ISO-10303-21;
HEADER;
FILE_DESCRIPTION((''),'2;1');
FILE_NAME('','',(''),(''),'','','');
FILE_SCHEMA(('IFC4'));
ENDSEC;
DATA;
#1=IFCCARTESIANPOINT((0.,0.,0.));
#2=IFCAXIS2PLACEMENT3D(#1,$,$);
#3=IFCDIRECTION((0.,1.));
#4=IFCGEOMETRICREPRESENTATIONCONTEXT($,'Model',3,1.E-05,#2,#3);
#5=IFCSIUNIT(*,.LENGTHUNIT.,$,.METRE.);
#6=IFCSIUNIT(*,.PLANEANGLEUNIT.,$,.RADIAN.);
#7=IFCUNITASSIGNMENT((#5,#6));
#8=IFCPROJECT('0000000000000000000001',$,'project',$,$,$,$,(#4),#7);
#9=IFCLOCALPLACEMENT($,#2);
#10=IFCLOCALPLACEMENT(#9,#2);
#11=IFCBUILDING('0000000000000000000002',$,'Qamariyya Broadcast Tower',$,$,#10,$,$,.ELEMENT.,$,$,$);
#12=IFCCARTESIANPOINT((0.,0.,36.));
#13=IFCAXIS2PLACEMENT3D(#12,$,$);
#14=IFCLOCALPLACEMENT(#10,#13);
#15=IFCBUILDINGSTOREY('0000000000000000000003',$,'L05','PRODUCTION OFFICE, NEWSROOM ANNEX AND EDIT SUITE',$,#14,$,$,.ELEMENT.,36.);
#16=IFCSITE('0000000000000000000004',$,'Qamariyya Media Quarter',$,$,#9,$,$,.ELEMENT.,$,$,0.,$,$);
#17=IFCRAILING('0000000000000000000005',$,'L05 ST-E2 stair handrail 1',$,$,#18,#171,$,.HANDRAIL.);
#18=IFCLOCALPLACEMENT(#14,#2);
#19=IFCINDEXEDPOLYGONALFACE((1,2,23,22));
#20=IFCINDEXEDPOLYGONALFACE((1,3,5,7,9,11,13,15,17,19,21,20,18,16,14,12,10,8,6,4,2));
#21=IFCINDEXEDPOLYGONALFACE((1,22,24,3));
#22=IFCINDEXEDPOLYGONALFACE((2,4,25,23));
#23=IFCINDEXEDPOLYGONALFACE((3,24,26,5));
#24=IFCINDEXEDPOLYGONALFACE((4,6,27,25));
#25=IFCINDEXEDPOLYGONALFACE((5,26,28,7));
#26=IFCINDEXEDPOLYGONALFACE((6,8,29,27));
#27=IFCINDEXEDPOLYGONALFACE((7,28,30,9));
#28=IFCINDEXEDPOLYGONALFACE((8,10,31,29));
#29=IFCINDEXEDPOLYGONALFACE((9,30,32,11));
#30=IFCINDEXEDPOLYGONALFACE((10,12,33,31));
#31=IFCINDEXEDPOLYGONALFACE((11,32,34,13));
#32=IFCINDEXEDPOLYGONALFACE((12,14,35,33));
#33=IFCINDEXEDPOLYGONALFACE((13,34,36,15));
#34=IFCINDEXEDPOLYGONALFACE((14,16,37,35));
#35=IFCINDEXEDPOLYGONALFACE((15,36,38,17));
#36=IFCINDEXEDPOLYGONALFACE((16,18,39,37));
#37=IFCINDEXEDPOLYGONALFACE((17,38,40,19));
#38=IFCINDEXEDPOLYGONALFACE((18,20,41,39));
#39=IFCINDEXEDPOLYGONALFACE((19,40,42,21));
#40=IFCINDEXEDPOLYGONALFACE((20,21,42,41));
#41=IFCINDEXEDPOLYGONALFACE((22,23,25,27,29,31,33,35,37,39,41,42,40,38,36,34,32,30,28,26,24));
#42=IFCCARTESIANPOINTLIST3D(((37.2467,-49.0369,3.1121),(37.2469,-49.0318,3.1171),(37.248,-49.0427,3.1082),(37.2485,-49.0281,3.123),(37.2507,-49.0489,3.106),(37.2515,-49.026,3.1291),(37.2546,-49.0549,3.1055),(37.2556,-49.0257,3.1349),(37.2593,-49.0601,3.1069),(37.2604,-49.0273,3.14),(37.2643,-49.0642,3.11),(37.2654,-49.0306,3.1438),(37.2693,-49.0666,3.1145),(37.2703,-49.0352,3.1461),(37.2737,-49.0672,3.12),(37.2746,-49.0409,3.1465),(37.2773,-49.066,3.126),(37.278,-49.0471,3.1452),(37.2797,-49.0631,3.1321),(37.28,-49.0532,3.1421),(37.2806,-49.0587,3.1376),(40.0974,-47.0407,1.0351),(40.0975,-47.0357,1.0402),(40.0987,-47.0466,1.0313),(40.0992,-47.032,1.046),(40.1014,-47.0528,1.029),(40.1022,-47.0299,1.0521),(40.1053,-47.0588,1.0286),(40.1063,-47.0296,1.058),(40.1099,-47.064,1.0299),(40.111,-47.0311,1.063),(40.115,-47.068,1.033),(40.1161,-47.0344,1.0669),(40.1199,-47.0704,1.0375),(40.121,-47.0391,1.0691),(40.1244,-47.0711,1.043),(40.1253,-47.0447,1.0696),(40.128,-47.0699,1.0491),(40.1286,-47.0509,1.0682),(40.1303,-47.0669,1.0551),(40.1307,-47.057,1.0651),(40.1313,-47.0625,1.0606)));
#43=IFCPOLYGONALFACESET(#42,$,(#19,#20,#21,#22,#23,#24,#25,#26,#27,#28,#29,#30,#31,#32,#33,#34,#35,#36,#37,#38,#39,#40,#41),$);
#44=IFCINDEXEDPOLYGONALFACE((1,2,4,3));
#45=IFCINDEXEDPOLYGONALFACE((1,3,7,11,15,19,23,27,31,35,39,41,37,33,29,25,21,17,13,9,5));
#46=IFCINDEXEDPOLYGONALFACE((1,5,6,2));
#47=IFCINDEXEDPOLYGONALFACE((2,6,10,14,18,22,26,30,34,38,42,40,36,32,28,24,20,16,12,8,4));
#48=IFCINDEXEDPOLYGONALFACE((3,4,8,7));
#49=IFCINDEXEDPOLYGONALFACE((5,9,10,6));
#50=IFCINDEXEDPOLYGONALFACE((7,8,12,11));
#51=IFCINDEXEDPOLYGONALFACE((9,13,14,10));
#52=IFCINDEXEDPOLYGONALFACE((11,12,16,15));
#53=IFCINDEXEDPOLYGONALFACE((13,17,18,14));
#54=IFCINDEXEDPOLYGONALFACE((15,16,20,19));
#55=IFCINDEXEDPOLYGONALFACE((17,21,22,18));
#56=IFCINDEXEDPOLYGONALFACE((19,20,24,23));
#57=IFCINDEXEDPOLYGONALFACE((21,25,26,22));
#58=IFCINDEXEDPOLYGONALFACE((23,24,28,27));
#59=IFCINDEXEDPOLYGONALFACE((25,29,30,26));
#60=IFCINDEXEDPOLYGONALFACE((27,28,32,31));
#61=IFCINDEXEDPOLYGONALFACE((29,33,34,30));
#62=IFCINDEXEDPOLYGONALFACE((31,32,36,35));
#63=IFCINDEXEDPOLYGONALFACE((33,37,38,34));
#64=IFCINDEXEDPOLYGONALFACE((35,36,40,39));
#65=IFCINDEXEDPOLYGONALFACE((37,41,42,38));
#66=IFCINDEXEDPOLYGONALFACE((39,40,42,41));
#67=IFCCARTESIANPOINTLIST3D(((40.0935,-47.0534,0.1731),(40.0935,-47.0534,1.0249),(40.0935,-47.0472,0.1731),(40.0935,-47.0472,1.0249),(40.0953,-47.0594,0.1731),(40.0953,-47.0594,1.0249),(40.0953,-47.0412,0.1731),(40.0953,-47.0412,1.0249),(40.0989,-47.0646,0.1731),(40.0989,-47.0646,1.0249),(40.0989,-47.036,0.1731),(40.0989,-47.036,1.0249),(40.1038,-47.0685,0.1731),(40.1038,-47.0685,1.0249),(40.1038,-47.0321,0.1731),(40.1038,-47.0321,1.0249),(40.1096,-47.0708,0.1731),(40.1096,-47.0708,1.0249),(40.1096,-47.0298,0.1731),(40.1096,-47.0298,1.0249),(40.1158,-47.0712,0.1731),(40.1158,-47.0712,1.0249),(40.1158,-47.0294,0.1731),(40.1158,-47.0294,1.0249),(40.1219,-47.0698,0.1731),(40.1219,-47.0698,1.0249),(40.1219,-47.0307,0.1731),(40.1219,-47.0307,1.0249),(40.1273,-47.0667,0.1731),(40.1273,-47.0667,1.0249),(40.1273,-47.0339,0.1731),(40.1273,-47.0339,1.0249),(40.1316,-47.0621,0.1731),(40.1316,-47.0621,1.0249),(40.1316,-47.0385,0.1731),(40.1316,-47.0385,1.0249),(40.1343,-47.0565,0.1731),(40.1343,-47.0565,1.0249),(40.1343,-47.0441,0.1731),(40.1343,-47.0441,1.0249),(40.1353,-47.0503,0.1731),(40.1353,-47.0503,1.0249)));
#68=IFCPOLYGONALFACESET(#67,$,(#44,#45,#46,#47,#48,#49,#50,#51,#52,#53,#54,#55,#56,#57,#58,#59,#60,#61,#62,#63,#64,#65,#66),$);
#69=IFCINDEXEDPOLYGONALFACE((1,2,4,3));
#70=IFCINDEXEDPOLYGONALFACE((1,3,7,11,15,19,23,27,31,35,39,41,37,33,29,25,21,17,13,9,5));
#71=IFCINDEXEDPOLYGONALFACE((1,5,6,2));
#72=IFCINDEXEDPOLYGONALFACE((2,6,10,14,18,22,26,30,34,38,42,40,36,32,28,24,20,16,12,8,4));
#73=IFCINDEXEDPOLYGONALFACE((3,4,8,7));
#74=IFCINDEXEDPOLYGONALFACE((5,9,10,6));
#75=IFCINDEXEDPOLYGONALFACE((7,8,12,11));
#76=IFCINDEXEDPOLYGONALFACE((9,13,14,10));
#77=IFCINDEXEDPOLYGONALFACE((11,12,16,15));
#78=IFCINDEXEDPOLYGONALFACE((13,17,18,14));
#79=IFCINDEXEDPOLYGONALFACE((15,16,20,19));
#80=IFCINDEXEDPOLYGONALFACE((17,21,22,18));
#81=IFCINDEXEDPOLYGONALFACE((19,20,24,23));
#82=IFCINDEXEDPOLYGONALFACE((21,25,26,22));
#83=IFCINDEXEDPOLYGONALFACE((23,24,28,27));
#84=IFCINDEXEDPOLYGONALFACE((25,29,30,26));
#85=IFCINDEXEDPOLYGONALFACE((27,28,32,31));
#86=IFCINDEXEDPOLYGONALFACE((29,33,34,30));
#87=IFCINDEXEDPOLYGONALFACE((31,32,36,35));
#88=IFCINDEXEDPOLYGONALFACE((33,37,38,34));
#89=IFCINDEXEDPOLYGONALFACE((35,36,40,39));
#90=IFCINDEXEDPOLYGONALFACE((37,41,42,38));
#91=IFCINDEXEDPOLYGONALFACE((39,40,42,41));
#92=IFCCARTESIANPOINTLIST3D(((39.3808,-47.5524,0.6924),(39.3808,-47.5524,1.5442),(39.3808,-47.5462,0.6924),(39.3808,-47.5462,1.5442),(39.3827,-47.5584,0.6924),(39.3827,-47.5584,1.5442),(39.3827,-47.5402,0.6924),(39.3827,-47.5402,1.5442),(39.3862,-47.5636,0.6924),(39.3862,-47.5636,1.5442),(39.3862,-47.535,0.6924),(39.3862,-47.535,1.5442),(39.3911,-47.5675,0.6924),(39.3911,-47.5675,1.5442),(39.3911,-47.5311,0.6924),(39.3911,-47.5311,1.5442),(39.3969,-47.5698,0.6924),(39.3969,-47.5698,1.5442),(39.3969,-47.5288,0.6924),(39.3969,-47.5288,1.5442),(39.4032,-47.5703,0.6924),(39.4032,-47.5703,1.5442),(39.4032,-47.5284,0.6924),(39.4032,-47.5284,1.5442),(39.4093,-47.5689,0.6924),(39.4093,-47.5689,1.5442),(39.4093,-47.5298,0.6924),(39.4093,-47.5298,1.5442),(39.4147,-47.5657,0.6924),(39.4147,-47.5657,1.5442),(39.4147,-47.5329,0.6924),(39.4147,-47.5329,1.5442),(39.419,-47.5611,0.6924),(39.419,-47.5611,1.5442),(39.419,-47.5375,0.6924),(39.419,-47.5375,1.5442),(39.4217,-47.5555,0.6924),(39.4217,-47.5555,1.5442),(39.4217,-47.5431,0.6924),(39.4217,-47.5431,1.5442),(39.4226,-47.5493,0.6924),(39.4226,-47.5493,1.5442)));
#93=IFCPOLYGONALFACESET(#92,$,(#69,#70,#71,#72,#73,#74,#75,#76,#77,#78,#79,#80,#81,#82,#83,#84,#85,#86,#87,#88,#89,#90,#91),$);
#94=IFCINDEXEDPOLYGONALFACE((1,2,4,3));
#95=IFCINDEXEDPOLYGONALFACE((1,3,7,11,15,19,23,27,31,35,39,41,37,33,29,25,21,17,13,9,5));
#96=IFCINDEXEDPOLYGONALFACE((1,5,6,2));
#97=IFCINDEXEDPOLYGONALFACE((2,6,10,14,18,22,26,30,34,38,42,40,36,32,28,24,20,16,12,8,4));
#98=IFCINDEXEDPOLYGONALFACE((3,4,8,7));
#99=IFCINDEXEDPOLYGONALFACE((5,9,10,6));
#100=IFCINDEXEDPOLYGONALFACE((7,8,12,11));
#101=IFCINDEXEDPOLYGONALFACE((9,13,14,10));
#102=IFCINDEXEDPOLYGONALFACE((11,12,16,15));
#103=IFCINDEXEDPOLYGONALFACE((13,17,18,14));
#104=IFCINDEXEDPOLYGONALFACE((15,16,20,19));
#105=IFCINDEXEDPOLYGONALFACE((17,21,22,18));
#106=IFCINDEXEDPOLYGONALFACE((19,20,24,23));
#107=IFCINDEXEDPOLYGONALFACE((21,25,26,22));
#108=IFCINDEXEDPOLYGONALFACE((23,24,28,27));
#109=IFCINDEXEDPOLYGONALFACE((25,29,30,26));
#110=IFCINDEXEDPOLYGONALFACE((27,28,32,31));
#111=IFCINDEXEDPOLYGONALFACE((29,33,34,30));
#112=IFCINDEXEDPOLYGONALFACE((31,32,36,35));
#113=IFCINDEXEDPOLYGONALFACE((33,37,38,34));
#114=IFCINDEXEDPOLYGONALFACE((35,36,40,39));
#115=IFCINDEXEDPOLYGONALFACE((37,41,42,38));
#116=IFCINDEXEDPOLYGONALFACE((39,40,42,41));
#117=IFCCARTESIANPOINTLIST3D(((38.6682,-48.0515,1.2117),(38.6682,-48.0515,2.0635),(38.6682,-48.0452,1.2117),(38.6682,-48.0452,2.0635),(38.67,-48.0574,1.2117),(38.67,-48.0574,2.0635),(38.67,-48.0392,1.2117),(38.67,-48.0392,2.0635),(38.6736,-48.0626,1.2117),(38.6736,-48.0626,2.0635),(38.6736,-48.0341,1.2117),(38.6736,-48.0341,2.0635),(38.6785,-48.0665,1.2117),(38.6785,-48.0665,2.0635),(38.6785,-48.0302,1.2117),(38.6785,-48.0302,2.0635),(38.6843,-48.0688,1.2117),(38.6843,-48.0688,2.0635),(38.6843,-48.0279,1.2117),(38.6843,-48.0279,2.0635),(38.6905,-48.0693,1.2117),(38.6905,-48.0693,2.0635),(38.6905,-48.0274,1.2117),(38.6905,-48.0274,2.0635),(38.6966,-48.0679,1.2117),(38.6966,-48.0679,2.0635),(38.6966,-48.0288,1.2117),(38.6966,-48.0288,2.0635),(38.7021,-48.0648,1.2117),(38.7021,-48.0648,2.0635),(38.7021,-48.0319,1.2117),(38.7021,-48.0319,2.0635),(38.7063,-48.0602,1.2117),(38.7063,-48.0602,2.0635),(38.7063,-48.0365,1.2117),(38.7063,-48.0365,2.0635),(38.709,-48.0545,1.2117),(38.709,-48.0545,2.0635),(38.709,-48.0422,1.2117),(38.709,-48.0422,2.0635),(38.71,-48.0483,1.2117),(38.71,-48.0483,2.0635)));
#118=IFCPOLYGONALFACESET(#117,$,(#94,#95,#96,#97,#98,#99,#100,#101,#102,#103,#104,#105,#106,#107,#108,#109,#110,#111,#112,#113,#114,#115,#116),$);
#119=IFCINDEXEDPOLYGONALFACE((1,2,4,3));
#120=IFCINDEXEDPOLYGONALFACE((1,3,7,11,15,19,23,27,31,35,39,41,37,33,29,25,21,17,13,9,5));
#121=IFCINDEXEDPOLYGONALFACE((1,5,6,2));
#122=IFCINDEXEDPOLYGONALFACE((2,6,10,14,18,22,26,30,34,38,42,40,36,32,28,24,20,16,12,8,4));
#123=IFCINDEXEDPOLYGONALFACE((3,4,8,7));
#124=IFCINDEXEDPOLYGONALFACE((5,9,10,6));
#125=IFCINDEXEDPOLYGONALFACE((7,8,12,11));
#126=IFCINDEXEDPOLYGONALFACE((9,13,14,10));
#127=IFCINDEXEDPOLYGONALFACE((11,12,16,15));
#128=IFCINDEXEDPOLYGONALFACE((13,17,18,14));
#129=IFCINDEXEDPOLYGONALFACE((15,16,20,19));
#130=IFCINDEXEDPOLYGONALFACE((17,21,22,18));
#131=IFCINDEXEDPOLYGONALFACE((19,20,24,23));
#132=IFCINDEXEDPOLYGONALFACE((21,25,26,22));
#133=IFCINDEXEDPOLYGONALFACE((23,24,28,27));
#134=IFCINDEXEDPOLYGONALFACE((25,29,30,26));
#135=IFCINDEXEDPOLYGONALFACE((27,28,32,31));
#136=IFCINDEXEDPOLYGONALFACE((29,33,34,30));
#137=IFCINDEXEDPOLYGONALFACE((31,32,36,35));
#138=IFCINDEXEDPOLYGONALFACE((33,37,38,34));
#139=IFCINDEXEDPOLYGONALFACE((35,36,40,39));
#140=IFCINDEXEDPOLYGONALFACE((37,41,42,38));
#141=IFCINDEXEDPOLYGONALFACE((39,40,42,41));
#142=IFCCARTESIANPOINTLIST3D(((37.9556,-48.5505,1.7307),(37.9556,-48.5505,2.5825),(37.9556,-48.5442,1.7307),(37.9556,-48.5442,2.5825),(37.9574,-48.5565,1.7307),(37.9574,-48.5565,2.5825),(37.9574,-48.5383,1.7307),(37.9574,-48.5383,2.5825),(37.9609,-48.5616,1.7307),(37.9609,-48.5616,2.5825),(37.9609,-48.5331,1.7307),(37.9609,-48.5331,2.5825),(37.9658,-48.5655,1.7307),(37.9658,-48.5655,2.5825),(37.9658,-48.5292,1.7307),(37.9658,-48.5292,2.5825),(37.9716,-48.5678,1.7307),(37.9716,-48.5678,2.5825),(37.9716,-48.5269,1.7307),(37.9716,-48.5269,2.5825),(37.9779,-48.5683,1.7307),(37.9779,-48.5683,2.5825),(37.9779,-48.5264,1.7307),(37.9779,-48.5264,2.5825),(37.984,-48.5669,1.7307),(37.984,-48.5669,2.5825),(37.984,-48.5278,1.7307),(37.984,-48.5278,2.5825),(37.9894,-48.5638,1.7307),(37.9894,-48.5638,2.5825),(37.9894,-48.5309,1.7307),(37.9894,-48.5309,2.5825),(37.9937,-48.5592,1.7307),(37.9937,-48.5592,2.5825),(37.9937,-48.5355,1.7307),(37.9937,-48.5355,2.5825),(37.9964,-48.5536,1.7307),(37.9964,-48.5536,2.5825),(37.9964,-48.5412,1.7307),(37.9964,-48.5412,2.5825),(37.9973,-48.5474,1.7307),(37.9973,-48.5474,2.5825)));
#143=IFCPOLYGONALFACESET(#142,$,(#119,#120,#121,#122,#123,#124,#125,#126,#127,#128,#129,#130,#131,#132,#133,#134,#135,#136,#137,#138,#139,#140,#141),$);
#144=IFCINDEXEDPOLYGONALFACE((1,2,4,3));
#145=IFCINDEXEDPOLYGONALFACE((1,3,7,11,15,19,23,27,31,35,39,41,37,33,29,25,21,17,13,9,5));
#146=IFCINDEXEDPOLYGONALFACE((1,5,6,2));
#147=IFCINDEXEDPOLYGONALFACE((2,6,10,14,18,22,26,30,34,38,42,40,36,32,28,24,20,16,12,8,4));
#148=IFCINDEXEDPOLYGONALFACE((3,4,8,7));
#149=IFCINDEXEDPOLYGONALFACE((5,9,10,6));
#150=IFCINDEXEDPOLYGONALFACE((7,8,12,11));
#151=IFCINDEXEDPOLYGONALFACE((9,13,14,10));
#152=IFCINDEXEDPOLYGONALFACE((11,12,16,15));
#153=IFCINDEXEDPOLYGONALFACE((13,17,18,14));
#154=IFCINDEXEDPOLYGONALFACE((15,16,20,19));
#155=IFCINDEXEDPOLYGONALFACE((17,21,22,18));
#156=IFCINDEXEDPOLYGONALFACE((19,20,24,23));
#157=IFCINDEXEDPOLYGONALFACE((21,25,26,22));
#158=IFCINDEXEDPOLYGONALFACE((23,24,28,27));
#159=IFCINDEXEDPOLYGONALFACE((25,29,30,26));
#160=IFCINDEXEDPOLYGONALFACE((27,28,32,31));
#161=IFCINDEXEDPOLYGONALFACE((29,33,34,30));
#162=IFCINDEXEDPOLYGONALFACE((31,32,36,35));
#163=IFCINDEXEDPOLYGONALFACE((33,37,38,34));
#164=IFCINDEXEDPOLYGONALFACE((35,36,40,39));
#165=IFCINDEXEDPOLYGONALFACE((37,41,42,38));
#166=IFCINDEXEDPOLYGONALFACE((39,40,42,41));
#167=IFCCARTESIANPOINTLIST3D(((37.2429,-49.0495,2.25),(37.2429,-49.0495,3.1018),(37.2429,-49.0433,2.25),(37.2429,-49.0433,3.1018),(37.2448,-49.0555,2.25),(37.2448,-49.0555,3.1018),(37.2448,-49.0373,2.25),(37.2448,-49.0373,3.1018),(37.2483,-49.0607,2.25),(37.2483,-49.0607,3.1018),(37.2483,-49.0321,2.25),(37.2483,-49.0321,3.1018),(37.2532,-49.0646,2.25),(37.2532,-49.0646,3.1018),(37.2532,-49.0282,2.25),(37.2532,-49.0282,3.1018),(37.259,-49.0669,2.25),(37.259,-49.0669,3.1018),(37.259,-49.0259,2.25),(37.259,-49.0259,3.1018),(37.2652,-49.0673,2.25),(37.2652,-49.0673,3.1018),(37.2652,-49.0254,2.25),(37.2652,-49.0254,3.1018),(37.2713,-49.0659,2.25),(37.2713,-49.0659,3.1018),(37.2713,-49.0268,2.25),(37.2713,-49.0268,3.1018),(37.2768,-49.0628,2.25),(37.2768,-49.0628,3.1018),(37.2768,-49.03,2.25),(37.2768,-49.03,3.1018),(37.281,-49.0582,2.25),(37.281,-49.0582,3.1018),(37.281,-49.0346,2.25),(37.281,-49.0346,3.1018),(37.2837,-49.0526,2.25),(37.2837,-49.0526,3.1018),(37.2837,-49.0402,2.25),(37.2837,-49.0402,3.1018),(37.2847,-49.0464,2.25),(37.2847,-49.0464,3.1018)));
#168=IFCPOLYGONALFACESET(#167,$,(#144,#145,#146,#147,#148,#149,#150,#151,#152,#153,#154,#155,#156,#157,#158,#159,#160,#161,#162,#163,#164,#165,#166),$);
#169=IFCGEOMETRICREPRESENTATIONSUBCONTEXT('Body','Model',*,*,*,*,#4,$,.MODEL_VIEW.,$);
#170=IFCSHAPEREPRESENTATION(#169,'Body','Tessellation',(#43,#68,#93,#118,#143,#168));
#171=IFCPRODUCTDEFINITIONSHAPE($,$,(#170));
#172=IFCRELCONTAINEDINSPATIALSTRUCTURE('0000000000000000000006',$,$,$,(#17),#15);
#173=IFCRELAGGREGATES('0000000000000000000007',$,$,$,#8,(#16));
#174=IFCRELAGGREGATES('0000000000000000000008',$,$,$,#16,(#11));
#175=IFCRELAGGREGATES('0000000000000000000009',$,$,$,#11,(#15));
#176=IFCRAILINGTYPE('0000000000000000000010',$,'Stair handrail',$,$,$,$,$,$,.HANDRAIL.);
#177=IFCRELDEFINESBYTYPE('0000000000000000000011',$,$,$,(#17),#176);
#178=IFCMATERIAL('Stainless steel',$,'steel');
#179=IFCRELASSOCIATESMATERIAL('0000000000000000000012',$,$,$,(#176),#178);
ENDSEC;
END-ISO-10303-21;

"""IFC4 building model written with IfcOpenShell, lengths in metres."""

from ifc_helpers import new_model, si_unit, direction, frame, origin, origin_2d, place, context, subcontext, project, spatial, circle, extrude, material, type_object, element, save


model = new_model("IFC4")

# Units and contexts
model_context = context("Model", 3, precision=1e-05, world=origin(), true_north=direction((0.0, 1.0)))
body_context = subcontext(model_context, "Body", "Model", "MODEL_VIEW")
ifc_project = project(units=[si_unit("LENGTHUNIT", "METRE"), si_unit("PLANEANGLEUNIT", "RADIAN")], contexts=[model_context])

# Site, building, storey
site_placement = place(None, origin())
site = spatial("IfcSite", under=ifc_project, at=site_placement, Name="Qamariyya Media Quarter", CompositionType="ELEMENT", RefElevation=0.0)
building_placement = place(site_placement, origin())
building = spatial("IfcBuilding", under=site, at=building_placement, Name="Qamariyya Broadcast Tower", CompositionType="ELEMENT")
storey_placement = place(building_placement, frame((0.0, 0.0, 36.0)))
storey = spatial("IfcBuildingStorey", under=building, at=storey_placement, Name="L05", Description="PRODUCTION OFFICE, NEWSROOM ANNEX AND EDIT SUITE", CompositionType="ELEMENT", Elevation=36.0)

# Railing
ifc_material_1 = material(Name="Stainless steel", Category="steel")
railing_type_1 = type_object("IfcRailingType", Name="Stair handrail", PredefinedType="HANDRAIL", material=ifc_material_1)
railing_1_placement = place(storey_placement, frame((40.1143, -47.0503, 0.1731)))
element("IfcRailing", 1, at=railing_1_placement, inside=storey, type_object=railing_type_1, Name="L05 ST-E2 stair handrail 1", PredefinedType="HANDRAIL", context=body_context, shape_type="SweptSolid", body=[
    extrude(circle(Radius=0.0239, at=origin_2d()), frame((0.0, 0.0, 0.876), z_axis=(-0.703393, -0.492544, 0.512484), x_axis=(0.573594, -0.81914, 0.0)), (0.0, 0.0, 1.0), 4.0527),
    extrude(circle(Radius=0.021, at=origin_2d()), origin(), (0.0, 0.0, 1.0), 0.8518),
    extrude(circle(Radius=0.021, at=origin_2d()), frame((-0.7126, -0.499, 0.5193)), (0.0, 0.0, 1.0), 0.8518),
    extrude(circle(Radius=0.021, at=origin_2d()), frame((-1.4253, -0.998, 1.0386)), (0.0, 0.0, 1.0), 0.8518),
    extrude(circle(Radius=0.021, at=origin_2d()), frame((-2.1379, -1.4971, 1.5576)), (0.0, 0.0, 1.0), 0.8518),
    extrude(circle(Radius=0.021, at=origin_2d()), frame((-2.8506, -1.9961, 2.0769)), (0.0, 0.0, 1.0), 0.8518),
])

save(model, "model.ifc")
